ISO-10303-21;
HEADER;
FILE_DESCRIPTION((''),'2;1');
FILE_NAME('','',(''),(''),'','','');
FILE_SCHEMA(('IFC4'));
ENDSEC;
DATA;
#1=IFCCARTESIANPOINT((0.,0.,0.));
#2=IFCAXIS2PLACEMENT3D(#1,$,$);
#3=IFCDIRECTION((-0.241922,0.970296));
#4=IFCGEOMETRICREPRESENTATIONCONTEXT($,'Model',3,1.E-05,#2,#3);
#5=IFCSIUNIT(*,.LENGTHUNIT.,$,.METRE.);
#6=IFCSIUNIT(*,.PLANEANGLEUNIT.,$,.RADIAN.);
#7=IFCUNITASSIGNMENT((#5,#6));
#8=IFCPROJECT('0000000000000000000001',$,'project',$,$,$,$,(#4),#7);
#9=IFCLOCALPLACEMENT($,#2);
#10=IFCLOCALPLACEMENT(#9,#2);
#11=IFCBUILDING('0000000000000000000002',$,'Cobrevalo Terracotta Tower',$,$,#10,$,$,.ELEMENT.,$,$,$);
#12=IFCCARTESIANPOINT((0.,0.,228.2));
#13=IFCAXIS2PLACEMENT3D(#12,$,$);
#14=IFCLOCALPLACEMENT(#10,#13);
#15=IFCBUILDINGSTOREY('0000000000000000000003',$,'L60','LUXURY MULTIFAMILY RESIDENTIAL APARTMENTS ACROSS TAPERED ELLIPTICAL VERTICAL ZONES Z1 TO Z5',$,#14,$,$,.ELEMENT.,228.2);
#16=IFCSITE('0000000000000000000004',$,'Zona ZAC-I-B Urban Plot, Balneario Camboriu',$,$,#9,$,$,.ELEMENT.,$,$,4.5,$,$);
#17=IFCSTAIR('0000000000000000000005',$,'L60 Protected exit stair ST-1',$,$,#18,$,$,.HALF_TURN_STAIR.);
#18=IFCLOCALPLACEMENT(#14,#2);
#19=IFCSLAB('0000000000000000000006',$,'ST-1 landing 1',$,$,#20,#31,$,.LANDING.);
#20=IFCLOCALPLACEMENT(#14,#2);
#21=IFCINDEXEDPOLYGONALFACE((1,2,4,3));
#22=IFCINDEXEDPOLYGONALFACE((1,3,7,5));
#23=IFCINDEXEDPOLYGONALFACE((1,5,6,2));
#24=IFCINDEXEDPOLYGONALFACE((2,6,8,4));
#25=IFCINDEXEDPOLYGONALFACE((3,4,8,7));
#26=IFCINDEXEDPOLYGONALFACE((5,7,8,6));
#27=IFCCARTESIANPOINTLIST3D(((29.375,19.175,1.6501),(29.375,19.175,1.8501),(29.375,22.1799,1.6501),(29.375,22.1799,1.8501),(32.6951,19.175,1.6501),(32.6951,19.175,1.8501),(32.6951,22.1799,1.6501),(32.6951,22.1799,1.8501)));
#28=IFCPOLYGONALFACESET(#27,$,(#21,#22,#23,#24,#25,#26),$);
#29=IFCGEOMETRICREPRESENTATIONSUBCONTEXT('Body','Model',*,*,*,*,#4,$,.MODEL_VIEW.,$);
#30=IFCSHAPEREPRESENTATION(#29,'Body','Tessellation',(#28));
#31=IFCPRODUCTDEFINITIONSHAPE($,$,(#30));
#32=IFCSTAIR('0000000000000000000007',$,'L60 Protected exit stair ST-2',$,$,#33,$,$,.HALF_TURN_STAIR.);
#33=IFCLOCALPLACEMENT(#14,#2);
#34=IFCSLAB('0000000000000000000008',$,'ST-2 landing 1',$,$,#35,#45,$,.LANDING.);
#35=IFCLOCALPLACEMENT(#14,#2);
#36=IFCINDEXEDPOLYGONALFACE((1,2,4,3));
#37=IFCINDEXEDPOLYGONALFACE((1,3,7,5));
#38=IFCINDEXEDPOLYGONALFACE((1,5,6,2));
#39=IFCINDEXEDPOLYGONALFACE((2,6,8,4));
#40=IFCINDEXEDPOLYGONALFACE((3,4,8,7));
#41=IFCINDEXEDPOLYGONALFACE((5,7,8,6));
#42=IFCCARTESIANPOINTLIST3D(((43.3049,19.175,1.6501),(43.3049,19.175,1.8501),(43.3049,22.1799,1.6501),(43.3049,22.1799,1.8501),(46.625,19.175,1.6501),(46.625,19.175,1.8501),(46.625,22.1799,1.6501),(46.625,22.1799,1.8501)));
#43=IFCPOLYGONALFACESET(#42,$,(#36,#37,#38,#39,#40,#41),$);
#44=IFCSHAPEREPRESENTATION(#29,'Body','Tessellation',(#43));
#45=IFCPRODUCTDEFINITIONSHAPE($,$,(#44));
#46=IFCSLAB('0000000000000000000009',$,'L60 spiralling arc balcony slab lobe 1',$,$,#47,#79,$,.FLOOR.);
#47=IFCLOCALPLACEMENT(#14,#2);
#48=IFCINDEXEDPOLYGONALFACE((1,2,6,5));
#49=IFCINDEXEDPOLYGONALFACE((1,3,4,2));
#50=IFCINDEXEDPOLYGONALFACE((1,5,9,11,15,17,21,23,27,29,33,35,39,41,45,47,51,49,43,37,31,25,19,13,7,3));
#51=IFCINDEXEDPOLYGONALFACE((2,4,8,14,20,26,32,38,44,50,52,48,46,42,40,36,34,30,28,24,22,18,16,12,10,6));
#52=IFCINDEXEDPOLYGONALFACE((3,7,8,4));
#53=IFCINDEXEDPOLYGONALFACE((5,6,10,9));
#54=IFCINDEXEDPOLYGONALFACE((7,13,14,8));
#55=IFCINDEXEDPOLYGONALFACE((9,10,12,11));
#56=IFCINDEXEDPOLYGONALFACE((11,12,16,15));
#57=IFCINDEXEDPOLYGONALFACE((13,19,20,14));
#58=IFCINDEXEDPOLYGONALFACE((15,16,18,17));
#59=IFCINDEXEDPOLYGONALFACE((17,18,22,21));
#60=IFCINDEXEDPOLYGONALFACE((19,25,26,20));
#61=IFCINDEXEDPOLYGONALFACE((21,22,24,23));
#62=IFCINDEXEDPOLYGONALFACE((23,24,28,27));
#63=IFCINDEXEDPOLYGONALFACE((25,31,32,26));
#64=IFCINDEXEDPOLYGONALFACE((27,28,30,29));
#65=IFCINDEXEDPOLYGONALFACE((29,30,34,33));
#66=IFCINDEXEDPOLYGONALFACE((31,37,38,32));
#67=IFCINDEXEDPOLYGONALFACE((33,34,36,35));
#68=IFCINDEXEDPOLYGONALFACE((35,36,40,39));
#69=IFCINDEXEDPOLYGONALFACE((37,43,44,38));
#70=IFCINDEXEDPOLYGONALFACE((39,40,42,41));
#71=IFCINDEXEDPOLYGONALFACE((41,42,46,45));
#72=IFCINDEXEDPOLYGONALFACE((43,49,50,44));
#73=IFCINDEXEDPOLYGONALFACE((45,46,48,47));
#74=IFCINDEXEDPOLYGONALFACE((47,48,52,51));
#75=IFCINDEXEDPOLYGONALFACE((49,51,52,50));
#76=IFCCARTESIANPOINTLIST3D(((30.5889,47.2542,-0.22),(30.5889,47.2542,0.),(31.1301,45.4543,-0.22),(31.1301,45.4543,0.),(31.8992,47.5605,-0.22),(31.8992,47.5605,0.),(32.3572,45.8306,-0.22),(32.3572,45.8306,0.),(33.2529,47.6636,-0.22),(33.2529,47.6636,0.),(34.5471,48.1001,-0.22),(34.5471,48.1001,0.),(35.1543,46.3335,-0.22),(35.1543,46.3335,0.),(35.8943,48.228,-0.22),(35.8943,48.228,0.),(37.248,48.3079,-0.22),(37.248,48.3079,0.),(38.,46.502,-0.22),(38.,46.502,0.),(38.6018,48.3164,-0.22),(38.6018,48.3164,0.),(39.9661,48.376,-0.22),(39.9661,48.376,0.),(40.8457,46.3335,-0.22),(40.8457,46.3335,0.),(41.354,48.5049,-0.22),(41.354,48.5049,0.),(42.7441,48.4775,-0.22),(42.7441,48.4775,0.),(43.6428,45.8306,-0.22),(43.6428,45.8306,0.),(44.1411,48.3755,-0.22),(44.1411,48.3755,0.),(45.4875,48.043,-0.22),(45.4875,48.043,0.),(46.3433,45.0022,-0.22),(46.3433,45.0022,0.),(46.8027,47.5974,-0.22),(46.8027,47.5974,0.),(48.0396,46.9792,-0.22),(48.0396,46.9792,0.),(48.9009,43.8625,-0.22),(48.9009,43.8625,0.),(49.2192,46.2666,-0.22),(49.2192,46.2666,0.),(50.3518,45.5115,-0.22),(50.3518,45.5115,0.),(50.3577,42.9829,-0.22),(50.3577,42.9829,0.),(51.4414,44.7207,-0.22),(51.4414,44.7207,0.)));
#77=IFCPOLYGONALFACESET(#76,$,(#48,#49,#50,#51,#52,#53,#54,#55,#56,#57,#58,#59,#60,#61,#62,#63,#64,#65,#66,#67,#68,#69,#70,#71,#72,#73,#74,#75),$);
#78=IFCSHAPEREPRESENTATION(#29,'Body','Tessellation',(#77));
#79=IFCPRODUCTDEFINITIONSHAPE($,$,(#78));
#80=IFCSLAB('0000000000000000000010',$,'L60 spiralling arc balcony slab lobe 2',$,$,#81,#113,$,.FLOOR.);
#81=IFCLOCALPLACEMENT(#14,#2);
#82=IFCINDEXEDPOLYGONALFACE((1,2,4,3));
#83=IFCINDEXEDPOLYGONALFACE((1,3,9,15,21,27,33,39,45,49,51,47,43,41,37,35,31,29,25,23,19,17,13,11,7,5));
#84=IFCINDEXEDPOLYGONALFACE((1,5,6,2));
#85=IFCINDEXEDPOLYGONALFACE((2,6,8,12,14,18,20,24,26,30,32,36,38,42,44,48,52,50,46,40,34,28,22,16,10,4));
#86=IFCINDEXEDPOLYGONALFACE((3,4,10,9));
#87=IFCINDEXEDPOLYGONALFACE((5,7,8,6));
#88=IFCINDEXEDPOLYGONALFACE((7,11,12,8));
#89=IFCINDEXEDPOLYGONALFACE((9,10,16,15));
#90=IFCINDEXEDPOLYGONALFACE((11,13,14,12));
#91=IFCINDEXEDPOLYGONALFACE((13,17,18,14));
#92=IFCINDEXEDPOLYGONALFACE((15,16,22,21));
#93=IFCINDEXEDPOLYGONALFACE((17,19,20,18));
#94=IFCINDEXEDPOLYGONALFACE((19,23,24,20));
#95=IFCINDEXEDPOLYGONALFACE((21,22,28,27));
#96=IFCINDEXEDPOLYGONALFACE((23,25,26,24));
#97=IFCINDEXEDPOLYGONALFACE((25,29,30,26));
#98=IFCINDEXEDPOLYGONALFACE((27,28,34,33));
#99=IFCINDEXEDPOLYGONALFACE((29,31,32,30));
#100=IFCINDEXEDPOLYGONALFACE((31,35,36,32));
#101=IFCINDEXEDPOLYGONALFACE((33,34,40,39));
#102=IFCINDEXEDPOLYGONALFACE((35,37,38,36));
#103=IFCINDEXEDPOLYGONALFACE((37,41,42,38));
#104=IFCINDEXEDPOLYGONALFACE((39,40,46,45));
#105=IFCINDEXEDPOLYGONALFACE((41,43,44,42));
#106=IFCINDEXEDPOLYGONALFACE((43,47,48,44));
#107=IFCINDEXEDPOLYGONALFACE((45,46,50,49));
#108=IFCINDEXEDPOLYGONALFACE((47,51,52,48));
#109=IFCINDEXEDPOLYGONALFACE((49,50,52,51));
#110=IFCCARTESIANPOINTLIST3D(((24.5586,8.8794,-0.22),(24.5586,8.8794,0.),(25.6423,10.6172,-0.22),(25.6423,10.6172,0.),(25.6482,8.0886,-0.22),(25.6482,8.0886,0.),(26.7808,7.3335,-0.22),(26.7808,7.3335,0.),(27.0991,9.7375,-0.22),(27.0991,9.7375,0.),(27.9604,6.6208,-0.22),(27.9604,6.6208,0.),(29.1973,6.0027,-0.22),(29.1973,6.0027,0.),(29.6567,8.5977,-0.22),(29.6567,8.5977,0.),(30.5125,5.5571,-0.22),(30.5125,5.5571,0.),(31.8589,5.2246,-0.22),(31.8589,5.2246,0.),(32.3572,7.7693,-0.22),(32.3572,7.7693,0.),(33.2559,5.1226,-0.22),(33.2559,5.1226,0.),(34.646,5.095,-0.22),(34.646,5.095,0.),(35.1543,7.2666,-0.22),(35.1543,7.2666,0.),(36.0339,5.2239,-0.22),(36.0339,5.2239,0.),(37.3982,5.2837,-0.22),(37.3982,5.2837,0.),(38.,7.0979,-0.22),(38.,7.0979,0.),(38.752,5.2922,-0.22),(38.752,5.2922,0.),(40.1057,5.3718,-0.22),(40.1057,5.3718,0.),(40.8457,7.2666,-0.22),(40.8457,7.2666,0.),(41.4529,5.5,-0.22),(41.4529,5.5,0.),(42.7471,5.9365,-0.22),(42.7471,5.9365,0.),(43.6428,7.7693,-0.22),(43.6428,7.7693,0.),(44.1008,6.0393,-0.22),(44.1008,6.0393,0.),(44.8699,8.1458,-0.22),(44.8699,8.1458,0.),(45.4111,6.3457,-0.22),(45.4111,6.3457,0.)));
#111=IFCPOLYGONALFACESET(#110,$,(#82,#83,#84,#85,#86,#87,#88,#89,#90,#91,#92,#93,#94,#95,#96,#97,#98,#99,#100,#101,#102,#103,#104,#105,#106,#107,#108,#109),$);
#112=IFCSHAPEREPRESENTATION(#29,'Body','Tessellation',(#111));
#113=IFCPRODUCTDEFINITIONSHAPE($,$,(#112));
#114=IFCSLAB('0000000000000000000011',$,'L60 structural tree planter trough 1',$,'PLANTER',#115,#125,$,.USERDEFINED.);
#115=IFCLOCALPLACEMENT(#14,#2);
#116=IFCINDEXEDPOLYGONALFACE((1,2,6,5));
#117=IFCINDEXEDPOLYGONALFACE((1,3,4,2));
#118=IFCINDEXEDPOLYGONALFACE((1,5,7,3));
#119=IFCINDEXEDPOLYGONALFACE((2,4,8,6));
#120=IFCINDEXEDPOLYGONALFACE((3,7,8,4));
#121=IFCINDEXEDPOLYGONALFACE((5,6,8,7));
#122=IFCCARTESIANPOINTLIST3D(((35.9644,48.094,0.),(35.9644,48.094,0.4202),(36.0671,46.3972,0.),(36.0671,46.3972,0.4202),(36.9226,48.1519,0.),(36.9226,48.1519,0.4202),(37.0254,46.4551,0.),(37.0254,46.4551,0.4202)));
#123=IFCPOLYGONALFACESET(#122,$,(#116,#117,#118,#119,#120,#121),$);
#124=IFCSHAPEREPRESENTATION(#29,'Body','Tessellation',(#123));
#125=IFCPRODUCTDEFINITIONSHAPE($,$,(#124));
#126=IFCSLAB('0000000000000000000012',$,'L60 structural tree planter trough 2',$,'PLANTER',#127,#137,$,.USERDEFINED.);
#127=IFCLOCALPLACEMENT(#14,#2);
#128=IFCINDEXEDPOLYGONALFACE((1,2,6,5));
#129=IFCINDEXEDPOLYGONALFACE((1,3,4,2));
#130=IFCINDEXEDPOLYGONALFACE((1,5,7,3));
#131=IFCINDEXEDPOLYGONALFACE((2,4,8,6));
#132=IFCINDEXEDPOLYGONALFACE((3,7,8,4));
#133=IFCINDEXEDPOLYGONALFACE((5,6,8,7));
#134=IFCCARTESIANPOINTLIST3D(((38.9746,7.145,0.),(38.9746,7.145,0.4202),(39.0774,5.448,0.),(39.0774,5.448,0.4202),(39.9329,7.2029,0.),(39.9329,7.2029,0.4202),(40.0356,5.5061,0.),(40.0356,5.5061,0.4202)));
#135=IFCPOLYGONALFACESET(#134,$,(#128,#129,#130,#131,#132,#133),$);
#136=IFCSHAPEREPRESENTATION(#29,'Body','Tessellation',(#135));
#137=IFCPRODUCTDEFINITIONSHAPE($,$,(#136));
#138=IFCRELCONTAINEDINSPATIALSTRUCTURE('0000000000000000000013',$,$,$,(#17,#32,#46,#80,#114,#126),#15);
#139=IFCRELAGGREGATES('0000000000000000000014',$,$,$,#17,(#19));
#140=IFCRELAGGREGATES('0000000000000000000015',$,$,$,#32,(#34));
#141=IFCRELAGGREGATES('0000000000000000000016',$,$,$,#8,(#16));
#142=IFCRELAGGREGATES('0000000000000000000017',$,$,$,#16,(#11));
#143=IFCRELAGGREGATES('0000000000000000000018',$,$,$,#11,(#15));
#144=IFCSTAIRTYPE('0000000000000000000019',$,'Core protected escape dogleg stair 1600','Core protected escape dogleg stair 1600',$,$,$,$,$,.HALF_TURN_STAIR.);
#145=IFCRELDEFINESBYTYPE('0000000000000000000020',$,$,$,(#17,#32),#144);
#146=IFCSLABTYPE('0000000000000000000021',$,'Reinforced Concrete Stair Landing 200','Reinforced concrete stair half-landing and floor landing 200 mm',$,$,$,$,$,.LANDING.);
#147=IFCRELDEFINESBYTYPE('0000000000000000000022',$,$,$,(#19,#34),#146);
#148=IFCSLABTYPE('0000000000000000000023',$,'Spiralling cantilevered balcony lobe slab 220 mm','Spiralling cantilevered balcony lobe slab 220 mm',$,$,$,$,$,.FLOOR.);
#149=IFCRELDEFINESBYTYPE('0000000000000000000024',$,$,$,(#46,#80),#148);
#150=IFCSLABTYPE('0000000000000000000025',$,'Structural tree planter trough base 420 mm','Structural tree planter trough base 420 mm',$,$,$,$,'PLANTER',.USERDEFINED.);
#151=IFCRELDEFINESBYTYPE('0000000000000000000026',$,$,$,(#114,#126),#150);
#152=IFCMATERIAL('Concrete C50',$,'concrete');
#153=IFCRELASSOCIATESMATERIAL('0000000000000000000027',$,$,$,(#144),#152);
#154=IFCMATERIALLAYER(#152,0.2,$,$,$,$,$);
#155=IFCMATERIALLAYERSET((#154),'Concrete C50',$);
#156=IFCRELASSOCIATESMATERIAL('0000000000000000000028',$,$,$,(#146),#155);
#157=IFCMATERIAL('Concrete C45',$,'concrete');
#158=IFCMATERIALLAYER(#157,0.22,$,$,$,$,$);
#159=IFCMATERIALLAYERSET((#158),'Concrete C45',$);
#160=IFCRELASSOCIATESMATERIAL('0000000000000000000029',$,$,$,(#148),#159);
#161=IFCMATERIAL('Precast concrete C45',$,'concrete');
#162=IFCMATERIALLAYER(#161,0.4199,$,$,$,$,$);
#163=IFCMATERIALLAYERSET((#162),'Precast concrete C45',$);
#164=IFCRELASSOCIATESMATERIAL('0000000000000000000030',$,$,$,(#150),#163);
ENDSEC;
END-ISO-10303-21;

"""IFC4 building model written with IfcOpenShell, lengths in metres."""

from ifc_helpers import new_model, si_unit, direction, frame, origin, place, context, subcontext, project, spatial, polyline, outline, extrude, material, layer, layer_set, type_object, element, aggregate, save


model = new_model("IFC4")

# Units and contexts
model_context = context("Model", 3, precision=1e-05, world=origin(), true_north=direction((-0.241922, 0.970296)))
body_context = subcontext(model_context, "Body", "Model", "MODEL_VIEW")
ifc_project = project(units=[si_unit("LENGTHUNIT", "METRE"), si_unit("PLANEANGLEUNIT", "RADIAN")], contexts=[model_context])

# Site, building, storey
site_placement = place(None, origin())
site = spatial("IfcSite", under=ifc_project, at=site_placement, Name="Zona ZAC-I-B Urban Plot, Balneario Camboriu", CompositionType="ELEMENT", RefElevation=4.5)
building_placement = place(site_placement, origin())
building = spatial("IfcBuilding", under=site, at=building_placement, Name="Cobrevalo Terracotta Tower", CompositionType="ELEMENT")
storey_placement = place(building_placement, frame((0.0, 0.0, 228.2)))
storey = spatial("IfcBuildingStorey", under=building, at=storey_placement, Name="L60", Description="LUXURY MULTIFAMILY RESIDENTIAL APARTMENTS ACROSS TAPERED ELLIPTICAL VERTICAL ZONES Z1 TO Z5", CompositionType="ELEMENT", Elevation=228.2)

# Stairs, slabs
ifc_material_1 = material(Name="Concrete C50", Category="concrete")
stair_type = type_object("IfcStairType", Name="Core protected escape dogleg stair 1600", Description="Core protected escape dogleg stair 1600", PredefinedType="HALF_TURN_STAIR", material=ifc_material_1)
stair_1_placement = place(storey_placement, origin())
stair_1 = element("IfcStair", 1, at=stair_1_placement, inside=storey, type_object=stair_type, Name="L60 Protected exit stair ST-1", PredefinedType="HALF_TURN_STAIR")
ifc_layer_1 = layer(ifc_material_1, 0.2)
ifc_layer_set_1 = layer_set([ifc_layer_1], Name="Concrete C50")
slab_type_1 = type_object("IfcSlabType", Name="Reinforced Concrete Stair Landing 200", Description="Reinforced concrete stair half-landing and floor landing 200 mm", PredefinedType="LANDING", material=ifc_layer_set_1)
slab_1_placement = place(storey_placement, frame((0.0, 0.0, 1.6501)))
slab_1 = element("IfcSlab", 2, at=slab_1_placement, type_object=slab_type_1, Name="ST-1 landing 1", PredefinedType="LANDING", context=body_context, shape_type="SweptSolid", body=[
    extrude(outline(polyline([(29.375, 22.1799), (29.375, 19.175), (32.6951, 19.175), (32.6951, 22.1799), (29.375, 22.1799)])), origin(), (0.0, 0.0, 1.0), 0.2),
])
aggregate(stair_1, [slab_1])
stair_2_placement = place(storey_placement, origin())
stair_2 = element("IfcStair", 3, at=stair_2_placement, inside=storey, type_object=stair_type, Name="L60 Protected exit stair ST-2", PredefinedType="HALF_TURN_STAIR")
slab_2_placement = place(storey_placement, frame((0.0, 0.0, 1.6501)))
slab_2 = element("IfcSlab", 4, at=slab_2_placement, type_object=slab_type_1, Name="ST-2 landing 1", PredefinedType="LANDING", context=body_context, shape_type="SweptSolid", body=[
    extrude(outline(polyline([(43.3049, 22.1799), (43.3049, 19.175), (46.625, 19.175), (46.625, 22.1799), (43.3049, 22.1799)])), origin(), (0.0, 0.0, 1.0), 0.2),
])
aggregate(stair_2, [slab_2])

# Slabs
ifc_material_2 = material(Name="Concrete C45", Category="concrete")
ifc_layer_2 = layer(ifc_material_2, 0.22)
ifc_layer_set_2 = layer_set([ifc_layer_2], Name="Concrete C45")
slab_type_2 = type_object("IfcSlabType", Name="Spiralling cantilevered balcony lobe slab 220 mm", Description="Spiralling cantilevered balcony lobe slab 220 mm", PredefinedType="FLOOR", material=ifc_layer_set_2)
slab_3_placement = place(storey_placement, frame((0.0, 0.0, -0.22)))
element("IfcSlab", 5, at=slab_3_placement, inside=storey, type_object=slab_type_2, Name="L60 spiralling arc balcony slab lobe 1", PredefinedType="FLOOR", context=body_context, shape_type="SweptSolid", body=[
    extrude(outline(polyline([(51.4414, 44.7207), (50.3518, 45.5115), (49.2192, 46.2666), (48.0396, 46.9792), (46.8027, 47.5974), (45.4875, 48.043), (44.1411, 48.3755), (42.7441, 48.4775), (41.354, 48.5049), (39.9661, 48.376), (38.6018, 48.3164), (37.248, 48.3079), (35.8943, 48.228), (34.5471, 48.1001), (33.2529, 47.6636), (31.8992, 47.5605), (30.5889, 47.2542), (31.1301, 45.4543), (32.3572, 45.8306), (35.1543, 46.3335), (38.0, 46.502), (40.8457, 46.3335), (43.6428, 45.8306), (46.3433, 45.0022), (48.9009, 43.8625), (50.3577, 42.9829), (51.4414, 44.7207)])), origin(), (0.0, 0.0, 1.0), 0.22),
])
slab_4_placement = place(storey_placement, frame((0.0, 0.0, -0.22)))
element("IfcSlab", 6, at=slab_4_placement, inside=storey, type_object=slab_type_2, Name="L60 spiralling arc balcony slab lobe 2", PredefinedType="FLOOR", context=body_context, shape_type="SweptSolid", body=[
    extrude(outline(polyline([(24.5586, 8.8794), (25.6482, 8.0886), (26.7808, 7.3335), (27.9604, 6.6208), (29.1973, 6.0027), (30.5125, 5.5571), (31.8589, 5.2246), (33.2559, 5.1226), (34.646, 5.095), (36.0339, 5.2239), (37.3982, 5.2837), (38.752, 5.2922), (40.1057, 5.3718), (41.4529, 5.5), (42.7471, 5.9365), (44.1008, 6.0393), (45.4111, 6.3457), (44.8699, 8.1458), (43.6428, 7.7693), (40.8457, 7.2666), (38.0, 7.0979), (35.1543, 7.2666), (32.3572, 7.7693), (29.6567, 8.5977), (27.0991, 9.7375), (25.6423, 10.6172), (24.5586, 8.8794)])), origin(), (0.0, 0.0, 1.0), 0.22),
])
ifc_material_3 = material(Name="Precast concrete C45", Category="concrete")
ifc_layer_3 = layer(ifc_material_3, 0.4199)
ifc_layer_set_3 = layer_set([ifc_layer_3], Name="Precast concrete C45")
slab_type_3 = type_object("IfcSlabType", Name="Structural tree planter trough base 420 mm", Description="Structural tree planter trough base 420 mm", ElementType="PLANTER", PredefinedType="USERDEFINED", material=ifc_layer_set_3)
slab_5_placement = place(storey_placement, origin())
element("IfcSlab", 7, at=slab_5_placement, inside=storey, type_object=slab_type_3, Name="L60 structural tree planter trough 1", ObjectType="PLANTER", PredefinedType="USERDEFINED", context=body_context, shape_type="SweptSolid", body=[
    extrude(outline(polyline([(37.0254, 46.4551), (36.9226, 48.1519), (35.9644, 48.094), (36.0671, 46.3972), (37.0254, 46.4551)])), origin(), (0.0, 0.0, 1.0), 0.4202),
])
slab_6_placement = place(storey_placement, origin())
element("IfcSlab", 8, at=slab_6_placement, inside=storey, type_object=slab_type_3, Name="L60 structural tree planter trough 2", ObjectType="PLANTER", PredefinedType="USERDEFINED", context=body_context, shape_type="SweptSolid", body=[
    extrude(outline(polyline([(38.9746, 7.145), (39.0774, 5.448), (40.0356, 5.5061), (39.9329, 7.2029), (38.9746, 7.145)])), origin(), (0.0, 0.0, 1.0), 0.4202),
])

save(model, "model.ifc")
